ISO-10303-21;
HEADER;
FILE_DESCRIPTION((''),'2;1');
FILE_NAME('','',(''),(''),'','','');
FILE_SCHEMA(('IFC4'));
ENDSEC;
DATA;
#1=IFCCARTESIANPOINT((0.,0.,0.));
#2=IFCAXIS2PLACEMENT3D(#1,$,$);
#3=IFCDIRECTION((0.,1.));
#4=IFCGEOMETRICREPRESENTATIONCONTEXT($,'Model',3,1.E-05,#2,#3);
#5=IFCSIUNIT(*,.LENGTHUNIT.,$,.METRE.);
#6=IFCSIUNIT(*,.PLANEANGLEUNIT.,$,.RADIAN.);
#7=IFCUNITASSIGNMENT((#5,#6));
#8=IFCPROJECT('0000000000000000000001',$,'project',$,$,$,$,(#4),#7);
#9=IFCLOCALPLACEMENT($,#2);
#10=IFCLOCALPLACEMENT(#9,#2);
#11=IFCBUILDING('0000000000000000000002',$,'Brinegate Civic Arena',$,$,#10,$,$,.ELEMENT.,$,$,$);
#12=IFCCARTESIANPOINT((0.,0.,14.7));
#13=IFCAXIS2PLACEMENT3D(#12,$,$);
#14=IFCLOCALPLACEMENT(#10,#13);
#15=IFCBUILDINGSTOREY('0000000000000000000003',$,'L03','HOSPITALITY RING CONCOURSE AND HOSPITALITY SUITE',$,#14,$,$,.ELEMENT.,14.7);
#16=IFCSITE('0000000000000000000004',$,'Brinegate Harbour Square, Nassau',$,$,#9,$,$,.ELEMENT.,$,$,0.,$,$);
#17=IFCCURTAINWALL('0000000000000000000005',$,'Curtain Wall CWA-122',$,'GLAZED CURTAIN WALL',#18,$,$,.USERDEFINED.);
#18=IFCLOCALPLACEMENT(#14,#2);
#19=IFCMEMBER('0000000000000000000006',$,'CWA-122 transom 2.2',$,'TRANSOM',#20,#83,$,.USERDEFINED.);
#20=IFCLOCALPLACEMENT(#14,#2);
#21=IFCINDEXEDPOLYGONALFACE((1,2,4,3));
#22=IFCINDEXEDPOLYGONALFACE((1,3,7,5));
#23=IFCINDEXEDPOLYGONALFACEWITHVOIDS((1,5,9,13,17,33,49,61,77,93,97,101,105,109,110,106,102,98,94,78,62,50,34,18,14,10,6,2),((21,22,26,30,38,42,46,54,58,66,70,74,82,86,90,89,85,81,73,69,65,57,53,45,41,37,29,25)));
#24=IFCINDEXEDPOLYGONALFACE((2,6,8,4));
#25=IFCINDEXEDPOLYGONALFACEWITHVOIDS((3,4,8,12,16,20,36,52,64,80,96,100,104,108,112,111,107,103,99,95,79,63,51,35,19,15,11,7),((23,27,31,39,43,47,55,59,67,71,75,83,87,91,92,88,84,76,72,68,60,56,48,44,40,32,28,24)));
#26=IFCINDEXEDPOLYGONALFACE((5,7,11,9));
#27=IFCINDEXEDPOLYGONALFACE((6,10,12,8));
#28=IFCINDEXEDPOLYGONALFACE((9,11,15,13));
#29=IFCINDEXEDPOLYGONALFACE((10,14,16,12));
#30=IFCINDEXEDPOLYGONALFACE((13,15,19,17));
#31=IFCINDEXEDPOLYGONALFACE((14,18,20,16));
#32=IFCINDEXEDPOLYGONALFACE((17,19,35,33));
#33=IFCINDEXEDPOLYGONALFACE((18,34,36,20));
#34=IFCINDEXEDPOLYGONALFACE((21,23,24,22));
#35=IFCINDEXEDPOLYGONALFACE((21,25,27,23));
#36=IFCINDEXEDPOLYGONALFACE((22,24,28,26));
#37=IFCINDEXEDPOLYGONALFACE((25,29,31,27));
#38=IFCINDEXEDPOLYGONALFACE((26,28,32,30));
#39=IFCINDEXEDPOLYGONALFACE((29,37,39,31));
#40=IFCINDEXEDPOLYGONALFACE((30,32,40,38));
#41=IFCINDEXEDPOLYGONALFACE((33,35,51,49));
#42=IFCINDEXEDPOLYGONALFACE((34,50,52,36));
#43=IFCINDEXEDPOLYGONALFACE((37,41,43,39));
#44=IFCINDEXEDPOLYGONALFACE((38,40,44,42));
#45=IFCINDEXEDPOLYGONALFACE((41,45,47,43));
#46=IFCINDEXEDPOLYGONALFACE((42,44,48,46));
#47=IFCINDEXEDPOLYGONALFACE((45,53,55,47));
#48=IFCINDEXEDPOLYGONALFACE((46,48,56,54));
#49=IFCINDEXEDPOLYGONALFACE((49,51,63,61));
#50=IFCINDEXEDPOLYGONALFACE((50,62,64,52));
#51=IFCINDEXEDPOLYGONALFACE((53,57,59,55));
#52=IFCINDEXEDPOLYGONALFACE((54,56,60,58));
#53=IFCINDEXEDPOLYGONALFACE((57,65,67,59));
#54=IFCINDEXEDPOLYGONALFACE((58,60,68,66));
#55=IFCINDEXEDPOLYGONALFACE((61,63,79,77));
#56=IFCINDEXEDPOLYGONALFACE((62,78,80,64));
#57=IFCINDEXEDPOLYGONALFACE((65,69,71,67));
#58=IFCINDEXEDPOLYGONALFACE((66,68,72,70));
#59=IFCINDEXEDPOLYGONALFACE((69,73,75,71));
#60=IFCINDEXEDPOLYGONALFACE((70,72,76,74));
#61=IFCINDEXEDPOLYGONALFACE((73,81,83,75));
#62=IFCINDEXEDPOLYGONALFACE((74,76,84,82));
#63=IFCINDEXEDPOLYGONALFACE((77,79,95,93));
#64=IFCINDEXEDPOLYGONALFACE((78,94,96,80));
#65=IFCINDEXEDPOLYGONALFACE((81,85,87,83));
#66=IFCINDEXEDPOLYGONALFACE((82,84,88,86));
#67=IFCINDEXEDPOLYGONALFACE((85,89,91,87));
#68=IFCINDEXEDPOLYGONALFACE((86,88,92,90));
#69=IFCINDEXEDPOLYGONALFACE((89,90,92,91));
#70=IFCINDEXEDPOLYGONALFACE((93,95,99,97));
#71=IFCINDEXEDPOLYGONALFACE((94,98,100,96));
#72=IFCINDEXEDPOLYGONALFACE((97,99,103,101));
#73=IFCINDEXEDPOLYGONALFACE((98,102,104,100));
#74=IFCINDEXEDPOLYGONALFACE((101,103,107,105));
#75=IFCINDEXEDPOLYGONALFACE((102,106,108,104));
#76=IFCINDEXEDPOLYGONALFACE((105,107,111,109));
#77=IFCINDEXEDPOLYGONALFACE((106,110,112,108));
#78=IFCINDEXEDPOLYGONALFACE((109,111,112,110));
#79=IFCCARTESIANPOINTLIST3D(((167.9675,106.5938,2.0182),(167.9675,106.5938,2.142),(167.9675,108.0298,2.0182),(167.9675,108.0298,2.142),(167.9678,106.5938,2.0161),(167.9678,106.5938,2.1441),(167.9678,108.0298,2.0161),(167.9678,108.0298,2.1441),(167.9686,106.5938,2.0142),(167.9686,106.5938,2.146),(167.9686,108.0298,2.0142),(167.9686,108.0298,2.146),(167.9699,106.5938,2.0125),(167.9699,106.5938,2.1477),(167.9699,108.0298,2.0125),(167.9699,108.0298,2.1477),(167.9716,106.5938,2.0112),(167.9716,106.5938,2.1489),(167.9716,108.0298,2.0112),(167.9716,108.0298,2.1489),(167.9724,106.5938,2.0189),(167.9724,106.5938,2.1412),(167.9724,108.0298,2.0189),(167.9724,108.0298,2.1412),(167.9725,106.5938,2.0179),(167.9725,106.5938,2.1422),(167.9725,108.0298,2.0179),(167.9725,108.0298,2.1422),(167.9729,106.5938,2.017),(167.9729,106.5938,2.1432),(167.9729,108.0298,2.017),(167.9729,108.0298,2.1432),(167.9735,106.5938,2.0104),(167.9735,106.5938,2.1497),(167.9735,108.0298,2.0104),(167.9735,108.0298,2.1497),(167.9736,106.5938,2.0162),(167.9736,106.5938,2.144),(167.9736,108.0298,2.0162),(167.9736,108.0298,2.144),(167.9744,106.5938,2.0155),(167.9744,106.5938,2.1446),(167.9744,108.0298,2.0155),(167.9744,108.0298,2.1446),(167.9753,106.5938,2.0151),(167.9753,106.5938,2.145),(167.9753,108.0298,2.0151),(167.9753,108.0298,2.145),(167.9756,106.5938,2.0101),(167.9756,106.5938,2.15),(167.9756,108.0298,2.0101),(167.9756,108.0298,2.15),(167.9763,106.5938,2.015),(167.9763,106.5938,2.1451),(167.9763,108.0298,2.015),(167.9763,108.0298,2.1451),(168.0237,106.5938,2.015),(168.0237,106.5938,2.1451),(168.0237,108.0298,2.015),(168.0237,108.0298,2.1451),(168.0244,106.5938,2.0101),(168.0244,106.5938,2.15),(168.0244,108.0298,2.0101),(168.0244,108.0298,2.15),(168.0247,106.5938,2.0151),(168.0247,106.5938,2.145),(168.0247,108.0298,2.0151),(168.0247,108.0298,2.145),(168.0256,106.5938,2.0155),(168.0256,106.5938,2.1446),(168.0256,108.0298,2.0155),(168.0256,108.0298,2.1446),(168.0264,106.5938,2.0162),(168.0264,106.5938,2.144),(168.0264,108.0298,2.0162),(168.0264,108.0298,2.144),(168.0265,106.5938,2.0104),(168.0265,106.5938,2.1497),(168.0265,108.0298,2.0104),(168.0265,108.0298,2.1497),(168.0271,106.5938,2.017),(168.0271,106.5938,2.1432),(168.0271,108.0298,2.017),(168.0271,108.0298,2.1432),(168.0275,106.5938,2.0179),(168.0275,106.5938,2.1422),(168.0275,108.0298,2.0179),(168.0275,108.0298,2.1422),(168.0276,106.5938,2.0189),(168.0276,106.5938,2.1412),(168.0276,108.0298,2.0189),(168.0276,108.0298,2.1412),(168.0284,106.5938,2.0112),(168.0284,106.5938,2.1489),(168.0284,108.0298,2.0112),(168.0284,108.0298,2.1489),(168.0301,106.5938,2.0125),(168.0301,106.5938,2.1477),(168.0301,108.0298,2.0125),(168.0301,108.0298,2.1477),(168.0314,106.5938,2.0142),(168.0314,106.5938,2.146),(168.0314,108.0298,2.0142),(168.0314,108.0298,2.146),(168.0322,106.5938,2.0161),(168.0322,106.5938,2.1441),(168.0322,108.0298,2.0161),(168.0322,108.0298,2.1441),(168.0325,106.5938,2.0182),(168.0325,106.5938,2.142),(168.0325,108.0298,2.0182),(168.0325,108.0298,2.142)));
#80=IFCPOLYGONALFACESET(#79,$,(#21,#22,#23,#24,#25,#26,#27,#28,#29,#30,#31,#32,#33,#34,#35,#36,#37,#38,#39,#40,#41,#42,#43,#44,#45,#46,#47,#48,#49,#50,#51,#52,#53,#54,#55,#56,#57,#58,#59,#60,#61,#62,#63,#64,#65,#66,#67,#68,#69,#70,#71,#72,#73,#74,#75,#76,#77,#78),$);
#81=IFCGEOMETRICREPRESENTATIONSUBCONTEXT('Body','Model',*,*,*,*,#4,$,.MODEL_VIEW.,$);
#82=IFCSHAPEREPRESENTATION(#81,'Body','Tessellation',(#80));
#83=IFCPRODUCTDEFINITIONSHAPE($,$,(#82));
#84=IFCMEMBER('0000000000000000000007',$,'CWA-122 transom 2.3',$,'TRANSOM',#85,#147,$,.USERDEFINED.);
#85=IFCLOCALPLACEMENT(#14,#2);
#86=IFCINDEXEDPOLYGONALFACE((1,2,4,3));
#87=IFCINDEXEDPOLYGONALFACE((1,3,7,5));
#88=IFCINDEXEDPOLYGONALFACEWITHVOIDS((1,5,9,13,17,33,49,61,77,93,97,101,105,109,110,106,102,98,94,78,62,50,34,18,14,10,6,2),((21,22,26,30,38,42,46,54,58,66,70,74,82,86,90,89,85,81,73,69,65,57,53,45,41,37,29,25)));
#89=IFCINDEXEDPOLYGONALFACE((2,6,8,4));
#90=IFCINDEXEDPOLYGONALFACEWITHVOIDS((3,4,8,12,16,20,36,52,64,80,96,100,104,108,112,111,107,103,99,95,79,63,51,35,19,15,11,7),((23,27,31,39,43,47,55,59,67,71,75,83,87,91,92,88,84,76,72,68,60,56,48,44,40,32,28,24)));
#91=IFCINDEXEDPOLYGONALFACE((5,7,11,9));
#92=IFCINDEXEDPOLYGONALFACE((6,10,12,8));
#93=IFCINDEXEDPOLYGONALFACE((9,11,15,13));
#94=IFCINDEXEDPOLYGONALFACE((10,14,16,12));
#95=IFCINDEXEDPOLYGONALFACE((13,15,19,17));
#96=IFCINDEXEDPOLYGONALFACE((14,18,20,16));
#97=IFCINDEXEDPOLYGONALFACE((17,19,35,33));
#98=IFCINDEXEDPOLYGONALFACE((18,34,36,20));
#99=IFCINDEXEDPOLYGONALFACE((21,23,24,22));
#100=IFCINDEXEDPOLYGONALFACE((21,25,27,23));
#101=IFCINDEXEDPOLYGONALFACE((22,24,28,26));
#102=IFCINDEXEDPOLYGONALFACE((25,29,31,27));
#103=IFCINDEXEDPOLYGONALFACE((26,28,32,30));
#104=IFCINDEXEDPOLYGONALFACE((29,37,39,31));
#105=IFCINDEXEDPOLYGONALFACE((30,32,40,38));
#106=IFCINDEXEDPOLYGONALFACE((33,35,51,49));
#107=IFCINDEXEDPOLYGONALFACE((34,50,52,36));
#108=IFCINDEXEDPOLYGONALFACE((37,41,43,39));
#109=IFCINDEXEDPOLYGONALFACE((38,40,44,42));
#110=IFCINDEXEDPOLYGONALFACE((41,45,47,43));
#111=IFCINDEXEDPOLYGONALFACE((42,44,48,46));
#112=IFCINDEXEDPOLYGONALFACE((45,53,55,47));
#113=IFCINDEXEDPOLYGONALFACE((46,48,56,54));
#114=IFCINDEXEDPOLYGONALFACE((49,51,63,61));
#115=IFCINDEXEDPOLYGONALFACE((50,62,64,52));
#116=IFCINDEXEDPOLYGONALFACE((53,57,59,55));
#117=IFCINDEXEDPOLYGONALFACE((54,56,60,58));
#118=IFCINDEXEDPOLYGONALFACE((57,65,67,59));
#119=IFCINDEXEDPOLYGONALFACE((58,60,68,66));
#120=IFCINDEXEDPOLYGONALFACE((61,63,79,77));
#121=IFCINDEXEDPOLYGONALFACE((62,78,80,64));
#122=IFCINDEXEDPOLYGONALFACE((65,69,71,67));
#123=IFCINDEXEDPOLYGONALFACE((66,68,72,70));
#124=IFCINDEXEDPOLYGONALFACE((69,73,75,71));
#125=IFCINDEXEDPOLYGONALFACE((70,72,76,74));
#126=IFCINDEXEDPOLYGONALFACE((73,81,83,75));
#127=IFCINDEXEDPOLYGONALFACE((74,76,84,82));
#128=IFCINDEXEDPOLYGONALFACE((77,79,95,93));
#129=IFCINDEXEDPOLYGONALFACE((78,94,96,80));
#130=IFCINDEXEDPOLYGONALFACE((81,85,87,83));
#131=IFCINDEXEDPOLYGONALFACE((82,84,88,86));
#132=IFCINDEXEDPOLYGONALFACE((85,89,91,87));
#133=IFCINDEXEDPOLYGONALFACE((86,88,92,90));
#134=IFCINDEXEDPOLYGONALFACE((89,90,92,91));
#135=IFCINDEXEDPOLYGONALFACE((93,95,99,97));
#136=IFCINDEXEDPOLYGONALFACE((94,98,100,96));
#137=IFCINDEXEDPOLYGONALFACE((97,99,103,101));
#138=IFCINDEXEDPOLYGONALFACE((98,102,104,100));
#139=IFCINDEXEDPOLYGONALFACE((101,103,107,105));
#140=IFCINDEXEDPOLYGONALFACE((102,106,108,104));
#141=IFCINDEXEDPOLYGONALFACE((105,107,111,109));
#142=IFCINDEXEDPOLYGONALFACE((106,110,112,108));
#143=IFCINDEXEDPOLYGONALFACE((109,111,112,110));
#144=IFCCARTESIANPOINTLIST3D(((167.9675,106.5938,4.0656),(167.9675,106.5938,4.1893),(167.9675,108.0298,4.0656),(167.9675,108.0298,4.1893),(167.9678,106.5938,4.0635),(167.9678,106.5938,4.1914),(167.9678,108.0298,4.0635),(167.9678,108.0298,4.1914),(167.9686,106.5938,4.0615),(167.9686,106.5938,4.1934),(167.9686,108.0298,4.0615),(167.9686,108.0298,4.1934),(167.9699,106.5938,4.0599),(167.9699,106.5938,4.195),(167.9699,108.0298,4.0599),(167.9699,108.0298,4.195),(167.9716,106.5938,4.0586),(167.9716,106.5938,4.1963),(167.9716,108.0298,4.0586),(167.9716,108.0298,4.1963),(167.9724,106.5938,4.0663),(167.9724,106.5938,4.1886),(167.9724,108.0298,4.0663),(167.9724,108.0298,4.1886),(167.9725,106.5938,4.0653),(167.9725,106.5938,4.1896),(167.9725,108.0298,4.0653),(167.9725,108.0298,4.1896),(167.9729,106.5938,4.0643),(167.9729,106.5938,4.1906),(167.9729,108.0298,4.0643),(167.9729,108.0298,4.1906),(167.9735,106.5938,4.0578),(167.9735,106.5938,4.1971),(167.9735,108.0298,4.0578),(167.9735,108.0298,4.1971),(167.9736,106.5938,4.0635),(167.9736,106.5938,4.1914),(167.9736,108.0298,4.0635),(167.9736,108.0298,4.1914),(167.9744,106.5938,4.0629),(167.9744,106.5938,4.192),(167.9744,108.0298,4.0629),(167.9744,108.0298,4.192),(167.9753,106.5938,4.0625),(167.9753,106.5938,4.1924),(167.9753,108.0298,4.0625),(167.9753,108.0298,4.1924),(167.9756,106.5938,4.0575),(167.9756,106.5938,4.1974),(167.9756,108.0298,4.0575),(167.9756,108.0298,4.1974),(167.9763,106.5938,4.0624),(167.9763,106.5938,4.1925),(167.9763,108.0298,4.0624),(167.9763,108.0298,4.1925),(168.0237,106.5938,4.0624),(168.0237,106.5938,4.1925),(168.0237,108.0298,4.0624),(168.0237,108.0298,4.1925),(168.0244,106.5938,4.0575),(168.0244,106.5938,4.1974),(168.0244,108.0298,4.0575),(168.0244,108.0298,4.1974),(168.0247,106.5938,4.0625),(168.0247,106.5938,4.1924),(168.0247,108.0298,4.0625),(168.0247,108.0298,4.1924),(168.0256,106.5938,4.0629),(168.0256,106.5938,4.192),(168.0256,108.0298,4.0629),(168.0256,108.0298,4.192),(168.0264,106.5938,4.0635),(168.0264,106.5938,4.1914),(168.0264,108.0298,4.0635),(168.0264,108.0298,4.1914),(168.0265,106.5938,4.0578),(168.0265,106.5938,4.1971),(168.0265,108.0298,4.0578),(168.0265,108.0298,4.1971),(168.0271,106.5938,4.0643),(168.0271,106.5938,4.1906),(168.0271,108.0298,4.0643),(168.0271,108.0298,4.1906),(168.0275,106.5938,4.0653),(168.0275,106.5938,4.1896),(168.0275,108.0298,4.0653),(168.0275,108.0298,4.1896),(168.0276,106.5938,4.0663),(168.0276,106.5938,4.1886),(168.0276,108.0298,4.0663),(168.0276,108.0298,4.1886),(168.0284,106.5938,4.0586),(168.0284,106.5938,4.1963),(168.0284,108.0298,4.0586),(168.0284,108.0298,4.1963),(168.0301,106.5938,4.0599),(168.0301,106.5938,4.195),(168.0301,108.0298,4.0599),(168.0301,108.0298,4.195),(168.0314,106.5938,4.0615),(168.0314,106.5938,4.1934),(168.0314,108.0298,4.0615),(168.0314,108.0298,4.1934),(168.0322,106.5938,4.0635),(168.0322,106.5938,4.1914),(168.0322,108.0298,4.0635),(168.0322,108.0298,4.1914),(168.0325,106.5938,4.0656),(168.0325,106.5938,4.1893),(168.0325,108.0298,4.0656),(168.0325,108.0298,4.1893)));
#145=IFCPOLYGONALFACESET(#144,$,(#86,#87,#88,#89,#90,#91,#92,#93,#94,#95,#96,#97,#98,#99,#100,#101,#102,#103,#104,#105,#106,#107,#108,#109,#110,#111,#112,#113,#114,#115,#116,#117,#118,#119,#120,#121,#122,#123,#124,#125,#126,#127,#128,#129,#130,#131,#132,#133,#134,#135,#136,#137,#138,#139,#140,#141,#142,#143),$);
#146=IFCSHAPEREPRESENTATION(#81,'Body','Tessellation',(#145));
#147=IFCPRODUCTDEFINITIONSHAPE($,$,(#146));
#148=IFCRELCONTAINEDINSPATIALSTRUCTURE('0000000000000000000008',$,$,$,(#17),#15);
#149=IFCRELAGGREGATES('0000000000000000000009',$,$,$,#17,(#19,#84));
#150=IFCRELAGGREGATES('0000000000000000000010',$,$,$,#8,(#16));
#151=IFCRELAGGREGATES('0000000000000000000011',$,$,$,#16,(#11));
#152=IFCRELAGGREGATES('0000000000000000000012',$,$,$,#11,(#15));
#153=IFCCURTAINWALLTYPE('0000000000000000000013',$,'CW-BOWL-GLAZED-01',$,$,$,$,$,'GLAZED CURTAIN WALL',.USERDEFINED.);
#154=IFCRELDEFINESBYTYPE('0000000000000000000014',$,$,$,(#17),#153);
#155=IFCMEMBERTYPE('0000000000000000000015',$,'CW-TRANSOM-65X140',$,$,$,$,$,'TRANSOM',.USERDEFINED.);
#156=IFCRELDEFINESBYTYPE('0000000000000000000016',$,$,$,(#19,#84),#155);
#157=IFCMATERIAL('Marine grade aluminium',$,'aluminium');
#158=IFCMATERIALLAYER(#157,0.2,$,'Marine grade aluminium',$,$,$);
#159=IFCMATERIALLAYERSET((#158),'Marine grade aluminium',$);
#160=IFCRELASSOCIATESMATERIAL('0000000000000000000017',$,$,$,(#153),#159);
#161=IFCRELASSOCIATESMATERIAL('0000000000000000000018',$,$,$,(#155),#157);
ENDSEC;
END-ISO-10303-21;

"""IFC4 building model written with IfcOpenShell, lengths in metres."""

from ifc_helpers import new_model, si_unit, direction, frame, origin, origin_2d, place, context, subcontext, project, spatial, hollow_rectangle, extrude, material, layer, layer_set, material_profile, profile_set, type_object, element, aggregate, save


model = new_model("IFC4")

# Units and contexts
model_context = context("Model", 3, precision=1e-05, world=origin(), true_north=direction((0.0, 1.0)))
body_context = subcontext(model_context, "Body", "Model", "MODEL_VIEW")
ifc_project = project(units=[si_unit("LENGTHUNIT", "METRE"), si_unit("PLANEANGLEUNIT", "RADIAN")], contexts=[model_context])

# Site, building, storey
site_placement = place(None, origin())
site = spatial("IfcSite", under=ifc_project, at=site_placement, Name="Brinegate Harbour Square, Nassau", CompositionType="ELEMENT", RefElevation=0.0)
building_placement = place(site_placement, origin())
building = spatial("IfcBuilding", under=site, at=building_placement, Name="Brinegate Civic Arena", CompositionType="ELEMENT")
storey_placement = place(building_placement, frame((0.0, 0.0, 14.7)))
storey = spatial("IfcBuildingStorey", under=building, at=storey_placement, Name="L03", Description="HOSPITALITY RING CONCOURSE AND HOSPITALITY SUITE", CompositionType="ELEMENT", Elevation=14.7)

# Curtain wall, members
ifc_material_1 = material(Name="Marine grade aluminium", Category="aluminium")
ifc_layer_1 = layer(ifc_material_1, 0.2, Name="Marine grade aluminium")
ifc_layer_set_1 = layer_set([ifc_layer_1], Name="Marine grade aluminium")
curtain_wall_type = type_object("IfcCurtainWallType", Name="CW-BOWL-GLAZED-01", ElementType="GLAZED CURTAIN WALL", PredefinedType="USERDEFINED", material=ifc_layer_set_1)
curtain_wall_placement = place(storey_placement, origin())
curtain_wall = element("IfcCurtainWall", 1, at=curtain_wall_placement, inside=storey, type_object=curtain_wall_type, Name="Curtain Wall CWA-122", ObjectType="GLAZED CURTAIN WALL", PredefinedType="USERDEFINED")
ifc_material_profile_1 = material_profile(ifc_material_1, hollow_rectangle(XDim=0.0649, YDim=0.1399, WallThickness=0.0049, InnerFilletRadius=0.0039, OuterFilletRadius=0.0081, at=origin_2d()), Name="TRN65X140")
ifc_profile_set_1 = profile_set([ifc_material_profile_1], Name="Marine grade aluminium")
member_type_1 = type_object("IfcMemberType", Name="CW-TRANSOM-65X140", ElementType="TRANSOM", PredefinedType="USERDEFINED", material=ifc_profile_set_1)
member_1_placement = place(storey_placement, frame((168.0, 106.5938, 2.0801), z_axis=(0.0, 1.0, 0.0), x_axis=(-1.0, 0.0, 0.0)))
member_1 = element("IfcMember", 2, at=member_1_placement, type_object=member_type_1, Name="CWA-122 transom 2.2", ObjectType="TRANSOM", PredefinedType="USERDEFINED", context=body_context, shape_type="SweptSolid", body=[
    extrude(hollow_rectangle(XDim=0.0649, YDim=0.1399, WallThickness=0.0049, InnerFilletRadius=0.0039, OuterFilletRadius=0.0081, at=origin_2d()), origin(), (0.0, 0.0, 1.0), 1.436),
])
member_2_placement = place(storey_placement, frame((168.0, 106.5938, 4.1274), z_axis=(0.0, 1.0, 0.0), x_axis=(-1.0, 0.0, 0.0)))
member_2 = element("IfcMember", 3, at=member_2_placement, type_object=member_type_1, Name="CWA-122 transom 2.3", ObjectType="TRANSOM", PredefinedType="USERDEFINED", context=body_context, shape_type="SweptSolid", body=[
    extrude(hollow_rectangle(XDim=0.0649, YDim=0.1399, WallThickness=0.0049, InnerFilletRadius=0.0039, OuterFilletRadius=0.0081, at=origin_2d()), origin(), (0.0, 0.0, 1.0), 1.436),
])
aggregate(curtain_wall, [member_1, member_2])

save(model, "model.ifc")
